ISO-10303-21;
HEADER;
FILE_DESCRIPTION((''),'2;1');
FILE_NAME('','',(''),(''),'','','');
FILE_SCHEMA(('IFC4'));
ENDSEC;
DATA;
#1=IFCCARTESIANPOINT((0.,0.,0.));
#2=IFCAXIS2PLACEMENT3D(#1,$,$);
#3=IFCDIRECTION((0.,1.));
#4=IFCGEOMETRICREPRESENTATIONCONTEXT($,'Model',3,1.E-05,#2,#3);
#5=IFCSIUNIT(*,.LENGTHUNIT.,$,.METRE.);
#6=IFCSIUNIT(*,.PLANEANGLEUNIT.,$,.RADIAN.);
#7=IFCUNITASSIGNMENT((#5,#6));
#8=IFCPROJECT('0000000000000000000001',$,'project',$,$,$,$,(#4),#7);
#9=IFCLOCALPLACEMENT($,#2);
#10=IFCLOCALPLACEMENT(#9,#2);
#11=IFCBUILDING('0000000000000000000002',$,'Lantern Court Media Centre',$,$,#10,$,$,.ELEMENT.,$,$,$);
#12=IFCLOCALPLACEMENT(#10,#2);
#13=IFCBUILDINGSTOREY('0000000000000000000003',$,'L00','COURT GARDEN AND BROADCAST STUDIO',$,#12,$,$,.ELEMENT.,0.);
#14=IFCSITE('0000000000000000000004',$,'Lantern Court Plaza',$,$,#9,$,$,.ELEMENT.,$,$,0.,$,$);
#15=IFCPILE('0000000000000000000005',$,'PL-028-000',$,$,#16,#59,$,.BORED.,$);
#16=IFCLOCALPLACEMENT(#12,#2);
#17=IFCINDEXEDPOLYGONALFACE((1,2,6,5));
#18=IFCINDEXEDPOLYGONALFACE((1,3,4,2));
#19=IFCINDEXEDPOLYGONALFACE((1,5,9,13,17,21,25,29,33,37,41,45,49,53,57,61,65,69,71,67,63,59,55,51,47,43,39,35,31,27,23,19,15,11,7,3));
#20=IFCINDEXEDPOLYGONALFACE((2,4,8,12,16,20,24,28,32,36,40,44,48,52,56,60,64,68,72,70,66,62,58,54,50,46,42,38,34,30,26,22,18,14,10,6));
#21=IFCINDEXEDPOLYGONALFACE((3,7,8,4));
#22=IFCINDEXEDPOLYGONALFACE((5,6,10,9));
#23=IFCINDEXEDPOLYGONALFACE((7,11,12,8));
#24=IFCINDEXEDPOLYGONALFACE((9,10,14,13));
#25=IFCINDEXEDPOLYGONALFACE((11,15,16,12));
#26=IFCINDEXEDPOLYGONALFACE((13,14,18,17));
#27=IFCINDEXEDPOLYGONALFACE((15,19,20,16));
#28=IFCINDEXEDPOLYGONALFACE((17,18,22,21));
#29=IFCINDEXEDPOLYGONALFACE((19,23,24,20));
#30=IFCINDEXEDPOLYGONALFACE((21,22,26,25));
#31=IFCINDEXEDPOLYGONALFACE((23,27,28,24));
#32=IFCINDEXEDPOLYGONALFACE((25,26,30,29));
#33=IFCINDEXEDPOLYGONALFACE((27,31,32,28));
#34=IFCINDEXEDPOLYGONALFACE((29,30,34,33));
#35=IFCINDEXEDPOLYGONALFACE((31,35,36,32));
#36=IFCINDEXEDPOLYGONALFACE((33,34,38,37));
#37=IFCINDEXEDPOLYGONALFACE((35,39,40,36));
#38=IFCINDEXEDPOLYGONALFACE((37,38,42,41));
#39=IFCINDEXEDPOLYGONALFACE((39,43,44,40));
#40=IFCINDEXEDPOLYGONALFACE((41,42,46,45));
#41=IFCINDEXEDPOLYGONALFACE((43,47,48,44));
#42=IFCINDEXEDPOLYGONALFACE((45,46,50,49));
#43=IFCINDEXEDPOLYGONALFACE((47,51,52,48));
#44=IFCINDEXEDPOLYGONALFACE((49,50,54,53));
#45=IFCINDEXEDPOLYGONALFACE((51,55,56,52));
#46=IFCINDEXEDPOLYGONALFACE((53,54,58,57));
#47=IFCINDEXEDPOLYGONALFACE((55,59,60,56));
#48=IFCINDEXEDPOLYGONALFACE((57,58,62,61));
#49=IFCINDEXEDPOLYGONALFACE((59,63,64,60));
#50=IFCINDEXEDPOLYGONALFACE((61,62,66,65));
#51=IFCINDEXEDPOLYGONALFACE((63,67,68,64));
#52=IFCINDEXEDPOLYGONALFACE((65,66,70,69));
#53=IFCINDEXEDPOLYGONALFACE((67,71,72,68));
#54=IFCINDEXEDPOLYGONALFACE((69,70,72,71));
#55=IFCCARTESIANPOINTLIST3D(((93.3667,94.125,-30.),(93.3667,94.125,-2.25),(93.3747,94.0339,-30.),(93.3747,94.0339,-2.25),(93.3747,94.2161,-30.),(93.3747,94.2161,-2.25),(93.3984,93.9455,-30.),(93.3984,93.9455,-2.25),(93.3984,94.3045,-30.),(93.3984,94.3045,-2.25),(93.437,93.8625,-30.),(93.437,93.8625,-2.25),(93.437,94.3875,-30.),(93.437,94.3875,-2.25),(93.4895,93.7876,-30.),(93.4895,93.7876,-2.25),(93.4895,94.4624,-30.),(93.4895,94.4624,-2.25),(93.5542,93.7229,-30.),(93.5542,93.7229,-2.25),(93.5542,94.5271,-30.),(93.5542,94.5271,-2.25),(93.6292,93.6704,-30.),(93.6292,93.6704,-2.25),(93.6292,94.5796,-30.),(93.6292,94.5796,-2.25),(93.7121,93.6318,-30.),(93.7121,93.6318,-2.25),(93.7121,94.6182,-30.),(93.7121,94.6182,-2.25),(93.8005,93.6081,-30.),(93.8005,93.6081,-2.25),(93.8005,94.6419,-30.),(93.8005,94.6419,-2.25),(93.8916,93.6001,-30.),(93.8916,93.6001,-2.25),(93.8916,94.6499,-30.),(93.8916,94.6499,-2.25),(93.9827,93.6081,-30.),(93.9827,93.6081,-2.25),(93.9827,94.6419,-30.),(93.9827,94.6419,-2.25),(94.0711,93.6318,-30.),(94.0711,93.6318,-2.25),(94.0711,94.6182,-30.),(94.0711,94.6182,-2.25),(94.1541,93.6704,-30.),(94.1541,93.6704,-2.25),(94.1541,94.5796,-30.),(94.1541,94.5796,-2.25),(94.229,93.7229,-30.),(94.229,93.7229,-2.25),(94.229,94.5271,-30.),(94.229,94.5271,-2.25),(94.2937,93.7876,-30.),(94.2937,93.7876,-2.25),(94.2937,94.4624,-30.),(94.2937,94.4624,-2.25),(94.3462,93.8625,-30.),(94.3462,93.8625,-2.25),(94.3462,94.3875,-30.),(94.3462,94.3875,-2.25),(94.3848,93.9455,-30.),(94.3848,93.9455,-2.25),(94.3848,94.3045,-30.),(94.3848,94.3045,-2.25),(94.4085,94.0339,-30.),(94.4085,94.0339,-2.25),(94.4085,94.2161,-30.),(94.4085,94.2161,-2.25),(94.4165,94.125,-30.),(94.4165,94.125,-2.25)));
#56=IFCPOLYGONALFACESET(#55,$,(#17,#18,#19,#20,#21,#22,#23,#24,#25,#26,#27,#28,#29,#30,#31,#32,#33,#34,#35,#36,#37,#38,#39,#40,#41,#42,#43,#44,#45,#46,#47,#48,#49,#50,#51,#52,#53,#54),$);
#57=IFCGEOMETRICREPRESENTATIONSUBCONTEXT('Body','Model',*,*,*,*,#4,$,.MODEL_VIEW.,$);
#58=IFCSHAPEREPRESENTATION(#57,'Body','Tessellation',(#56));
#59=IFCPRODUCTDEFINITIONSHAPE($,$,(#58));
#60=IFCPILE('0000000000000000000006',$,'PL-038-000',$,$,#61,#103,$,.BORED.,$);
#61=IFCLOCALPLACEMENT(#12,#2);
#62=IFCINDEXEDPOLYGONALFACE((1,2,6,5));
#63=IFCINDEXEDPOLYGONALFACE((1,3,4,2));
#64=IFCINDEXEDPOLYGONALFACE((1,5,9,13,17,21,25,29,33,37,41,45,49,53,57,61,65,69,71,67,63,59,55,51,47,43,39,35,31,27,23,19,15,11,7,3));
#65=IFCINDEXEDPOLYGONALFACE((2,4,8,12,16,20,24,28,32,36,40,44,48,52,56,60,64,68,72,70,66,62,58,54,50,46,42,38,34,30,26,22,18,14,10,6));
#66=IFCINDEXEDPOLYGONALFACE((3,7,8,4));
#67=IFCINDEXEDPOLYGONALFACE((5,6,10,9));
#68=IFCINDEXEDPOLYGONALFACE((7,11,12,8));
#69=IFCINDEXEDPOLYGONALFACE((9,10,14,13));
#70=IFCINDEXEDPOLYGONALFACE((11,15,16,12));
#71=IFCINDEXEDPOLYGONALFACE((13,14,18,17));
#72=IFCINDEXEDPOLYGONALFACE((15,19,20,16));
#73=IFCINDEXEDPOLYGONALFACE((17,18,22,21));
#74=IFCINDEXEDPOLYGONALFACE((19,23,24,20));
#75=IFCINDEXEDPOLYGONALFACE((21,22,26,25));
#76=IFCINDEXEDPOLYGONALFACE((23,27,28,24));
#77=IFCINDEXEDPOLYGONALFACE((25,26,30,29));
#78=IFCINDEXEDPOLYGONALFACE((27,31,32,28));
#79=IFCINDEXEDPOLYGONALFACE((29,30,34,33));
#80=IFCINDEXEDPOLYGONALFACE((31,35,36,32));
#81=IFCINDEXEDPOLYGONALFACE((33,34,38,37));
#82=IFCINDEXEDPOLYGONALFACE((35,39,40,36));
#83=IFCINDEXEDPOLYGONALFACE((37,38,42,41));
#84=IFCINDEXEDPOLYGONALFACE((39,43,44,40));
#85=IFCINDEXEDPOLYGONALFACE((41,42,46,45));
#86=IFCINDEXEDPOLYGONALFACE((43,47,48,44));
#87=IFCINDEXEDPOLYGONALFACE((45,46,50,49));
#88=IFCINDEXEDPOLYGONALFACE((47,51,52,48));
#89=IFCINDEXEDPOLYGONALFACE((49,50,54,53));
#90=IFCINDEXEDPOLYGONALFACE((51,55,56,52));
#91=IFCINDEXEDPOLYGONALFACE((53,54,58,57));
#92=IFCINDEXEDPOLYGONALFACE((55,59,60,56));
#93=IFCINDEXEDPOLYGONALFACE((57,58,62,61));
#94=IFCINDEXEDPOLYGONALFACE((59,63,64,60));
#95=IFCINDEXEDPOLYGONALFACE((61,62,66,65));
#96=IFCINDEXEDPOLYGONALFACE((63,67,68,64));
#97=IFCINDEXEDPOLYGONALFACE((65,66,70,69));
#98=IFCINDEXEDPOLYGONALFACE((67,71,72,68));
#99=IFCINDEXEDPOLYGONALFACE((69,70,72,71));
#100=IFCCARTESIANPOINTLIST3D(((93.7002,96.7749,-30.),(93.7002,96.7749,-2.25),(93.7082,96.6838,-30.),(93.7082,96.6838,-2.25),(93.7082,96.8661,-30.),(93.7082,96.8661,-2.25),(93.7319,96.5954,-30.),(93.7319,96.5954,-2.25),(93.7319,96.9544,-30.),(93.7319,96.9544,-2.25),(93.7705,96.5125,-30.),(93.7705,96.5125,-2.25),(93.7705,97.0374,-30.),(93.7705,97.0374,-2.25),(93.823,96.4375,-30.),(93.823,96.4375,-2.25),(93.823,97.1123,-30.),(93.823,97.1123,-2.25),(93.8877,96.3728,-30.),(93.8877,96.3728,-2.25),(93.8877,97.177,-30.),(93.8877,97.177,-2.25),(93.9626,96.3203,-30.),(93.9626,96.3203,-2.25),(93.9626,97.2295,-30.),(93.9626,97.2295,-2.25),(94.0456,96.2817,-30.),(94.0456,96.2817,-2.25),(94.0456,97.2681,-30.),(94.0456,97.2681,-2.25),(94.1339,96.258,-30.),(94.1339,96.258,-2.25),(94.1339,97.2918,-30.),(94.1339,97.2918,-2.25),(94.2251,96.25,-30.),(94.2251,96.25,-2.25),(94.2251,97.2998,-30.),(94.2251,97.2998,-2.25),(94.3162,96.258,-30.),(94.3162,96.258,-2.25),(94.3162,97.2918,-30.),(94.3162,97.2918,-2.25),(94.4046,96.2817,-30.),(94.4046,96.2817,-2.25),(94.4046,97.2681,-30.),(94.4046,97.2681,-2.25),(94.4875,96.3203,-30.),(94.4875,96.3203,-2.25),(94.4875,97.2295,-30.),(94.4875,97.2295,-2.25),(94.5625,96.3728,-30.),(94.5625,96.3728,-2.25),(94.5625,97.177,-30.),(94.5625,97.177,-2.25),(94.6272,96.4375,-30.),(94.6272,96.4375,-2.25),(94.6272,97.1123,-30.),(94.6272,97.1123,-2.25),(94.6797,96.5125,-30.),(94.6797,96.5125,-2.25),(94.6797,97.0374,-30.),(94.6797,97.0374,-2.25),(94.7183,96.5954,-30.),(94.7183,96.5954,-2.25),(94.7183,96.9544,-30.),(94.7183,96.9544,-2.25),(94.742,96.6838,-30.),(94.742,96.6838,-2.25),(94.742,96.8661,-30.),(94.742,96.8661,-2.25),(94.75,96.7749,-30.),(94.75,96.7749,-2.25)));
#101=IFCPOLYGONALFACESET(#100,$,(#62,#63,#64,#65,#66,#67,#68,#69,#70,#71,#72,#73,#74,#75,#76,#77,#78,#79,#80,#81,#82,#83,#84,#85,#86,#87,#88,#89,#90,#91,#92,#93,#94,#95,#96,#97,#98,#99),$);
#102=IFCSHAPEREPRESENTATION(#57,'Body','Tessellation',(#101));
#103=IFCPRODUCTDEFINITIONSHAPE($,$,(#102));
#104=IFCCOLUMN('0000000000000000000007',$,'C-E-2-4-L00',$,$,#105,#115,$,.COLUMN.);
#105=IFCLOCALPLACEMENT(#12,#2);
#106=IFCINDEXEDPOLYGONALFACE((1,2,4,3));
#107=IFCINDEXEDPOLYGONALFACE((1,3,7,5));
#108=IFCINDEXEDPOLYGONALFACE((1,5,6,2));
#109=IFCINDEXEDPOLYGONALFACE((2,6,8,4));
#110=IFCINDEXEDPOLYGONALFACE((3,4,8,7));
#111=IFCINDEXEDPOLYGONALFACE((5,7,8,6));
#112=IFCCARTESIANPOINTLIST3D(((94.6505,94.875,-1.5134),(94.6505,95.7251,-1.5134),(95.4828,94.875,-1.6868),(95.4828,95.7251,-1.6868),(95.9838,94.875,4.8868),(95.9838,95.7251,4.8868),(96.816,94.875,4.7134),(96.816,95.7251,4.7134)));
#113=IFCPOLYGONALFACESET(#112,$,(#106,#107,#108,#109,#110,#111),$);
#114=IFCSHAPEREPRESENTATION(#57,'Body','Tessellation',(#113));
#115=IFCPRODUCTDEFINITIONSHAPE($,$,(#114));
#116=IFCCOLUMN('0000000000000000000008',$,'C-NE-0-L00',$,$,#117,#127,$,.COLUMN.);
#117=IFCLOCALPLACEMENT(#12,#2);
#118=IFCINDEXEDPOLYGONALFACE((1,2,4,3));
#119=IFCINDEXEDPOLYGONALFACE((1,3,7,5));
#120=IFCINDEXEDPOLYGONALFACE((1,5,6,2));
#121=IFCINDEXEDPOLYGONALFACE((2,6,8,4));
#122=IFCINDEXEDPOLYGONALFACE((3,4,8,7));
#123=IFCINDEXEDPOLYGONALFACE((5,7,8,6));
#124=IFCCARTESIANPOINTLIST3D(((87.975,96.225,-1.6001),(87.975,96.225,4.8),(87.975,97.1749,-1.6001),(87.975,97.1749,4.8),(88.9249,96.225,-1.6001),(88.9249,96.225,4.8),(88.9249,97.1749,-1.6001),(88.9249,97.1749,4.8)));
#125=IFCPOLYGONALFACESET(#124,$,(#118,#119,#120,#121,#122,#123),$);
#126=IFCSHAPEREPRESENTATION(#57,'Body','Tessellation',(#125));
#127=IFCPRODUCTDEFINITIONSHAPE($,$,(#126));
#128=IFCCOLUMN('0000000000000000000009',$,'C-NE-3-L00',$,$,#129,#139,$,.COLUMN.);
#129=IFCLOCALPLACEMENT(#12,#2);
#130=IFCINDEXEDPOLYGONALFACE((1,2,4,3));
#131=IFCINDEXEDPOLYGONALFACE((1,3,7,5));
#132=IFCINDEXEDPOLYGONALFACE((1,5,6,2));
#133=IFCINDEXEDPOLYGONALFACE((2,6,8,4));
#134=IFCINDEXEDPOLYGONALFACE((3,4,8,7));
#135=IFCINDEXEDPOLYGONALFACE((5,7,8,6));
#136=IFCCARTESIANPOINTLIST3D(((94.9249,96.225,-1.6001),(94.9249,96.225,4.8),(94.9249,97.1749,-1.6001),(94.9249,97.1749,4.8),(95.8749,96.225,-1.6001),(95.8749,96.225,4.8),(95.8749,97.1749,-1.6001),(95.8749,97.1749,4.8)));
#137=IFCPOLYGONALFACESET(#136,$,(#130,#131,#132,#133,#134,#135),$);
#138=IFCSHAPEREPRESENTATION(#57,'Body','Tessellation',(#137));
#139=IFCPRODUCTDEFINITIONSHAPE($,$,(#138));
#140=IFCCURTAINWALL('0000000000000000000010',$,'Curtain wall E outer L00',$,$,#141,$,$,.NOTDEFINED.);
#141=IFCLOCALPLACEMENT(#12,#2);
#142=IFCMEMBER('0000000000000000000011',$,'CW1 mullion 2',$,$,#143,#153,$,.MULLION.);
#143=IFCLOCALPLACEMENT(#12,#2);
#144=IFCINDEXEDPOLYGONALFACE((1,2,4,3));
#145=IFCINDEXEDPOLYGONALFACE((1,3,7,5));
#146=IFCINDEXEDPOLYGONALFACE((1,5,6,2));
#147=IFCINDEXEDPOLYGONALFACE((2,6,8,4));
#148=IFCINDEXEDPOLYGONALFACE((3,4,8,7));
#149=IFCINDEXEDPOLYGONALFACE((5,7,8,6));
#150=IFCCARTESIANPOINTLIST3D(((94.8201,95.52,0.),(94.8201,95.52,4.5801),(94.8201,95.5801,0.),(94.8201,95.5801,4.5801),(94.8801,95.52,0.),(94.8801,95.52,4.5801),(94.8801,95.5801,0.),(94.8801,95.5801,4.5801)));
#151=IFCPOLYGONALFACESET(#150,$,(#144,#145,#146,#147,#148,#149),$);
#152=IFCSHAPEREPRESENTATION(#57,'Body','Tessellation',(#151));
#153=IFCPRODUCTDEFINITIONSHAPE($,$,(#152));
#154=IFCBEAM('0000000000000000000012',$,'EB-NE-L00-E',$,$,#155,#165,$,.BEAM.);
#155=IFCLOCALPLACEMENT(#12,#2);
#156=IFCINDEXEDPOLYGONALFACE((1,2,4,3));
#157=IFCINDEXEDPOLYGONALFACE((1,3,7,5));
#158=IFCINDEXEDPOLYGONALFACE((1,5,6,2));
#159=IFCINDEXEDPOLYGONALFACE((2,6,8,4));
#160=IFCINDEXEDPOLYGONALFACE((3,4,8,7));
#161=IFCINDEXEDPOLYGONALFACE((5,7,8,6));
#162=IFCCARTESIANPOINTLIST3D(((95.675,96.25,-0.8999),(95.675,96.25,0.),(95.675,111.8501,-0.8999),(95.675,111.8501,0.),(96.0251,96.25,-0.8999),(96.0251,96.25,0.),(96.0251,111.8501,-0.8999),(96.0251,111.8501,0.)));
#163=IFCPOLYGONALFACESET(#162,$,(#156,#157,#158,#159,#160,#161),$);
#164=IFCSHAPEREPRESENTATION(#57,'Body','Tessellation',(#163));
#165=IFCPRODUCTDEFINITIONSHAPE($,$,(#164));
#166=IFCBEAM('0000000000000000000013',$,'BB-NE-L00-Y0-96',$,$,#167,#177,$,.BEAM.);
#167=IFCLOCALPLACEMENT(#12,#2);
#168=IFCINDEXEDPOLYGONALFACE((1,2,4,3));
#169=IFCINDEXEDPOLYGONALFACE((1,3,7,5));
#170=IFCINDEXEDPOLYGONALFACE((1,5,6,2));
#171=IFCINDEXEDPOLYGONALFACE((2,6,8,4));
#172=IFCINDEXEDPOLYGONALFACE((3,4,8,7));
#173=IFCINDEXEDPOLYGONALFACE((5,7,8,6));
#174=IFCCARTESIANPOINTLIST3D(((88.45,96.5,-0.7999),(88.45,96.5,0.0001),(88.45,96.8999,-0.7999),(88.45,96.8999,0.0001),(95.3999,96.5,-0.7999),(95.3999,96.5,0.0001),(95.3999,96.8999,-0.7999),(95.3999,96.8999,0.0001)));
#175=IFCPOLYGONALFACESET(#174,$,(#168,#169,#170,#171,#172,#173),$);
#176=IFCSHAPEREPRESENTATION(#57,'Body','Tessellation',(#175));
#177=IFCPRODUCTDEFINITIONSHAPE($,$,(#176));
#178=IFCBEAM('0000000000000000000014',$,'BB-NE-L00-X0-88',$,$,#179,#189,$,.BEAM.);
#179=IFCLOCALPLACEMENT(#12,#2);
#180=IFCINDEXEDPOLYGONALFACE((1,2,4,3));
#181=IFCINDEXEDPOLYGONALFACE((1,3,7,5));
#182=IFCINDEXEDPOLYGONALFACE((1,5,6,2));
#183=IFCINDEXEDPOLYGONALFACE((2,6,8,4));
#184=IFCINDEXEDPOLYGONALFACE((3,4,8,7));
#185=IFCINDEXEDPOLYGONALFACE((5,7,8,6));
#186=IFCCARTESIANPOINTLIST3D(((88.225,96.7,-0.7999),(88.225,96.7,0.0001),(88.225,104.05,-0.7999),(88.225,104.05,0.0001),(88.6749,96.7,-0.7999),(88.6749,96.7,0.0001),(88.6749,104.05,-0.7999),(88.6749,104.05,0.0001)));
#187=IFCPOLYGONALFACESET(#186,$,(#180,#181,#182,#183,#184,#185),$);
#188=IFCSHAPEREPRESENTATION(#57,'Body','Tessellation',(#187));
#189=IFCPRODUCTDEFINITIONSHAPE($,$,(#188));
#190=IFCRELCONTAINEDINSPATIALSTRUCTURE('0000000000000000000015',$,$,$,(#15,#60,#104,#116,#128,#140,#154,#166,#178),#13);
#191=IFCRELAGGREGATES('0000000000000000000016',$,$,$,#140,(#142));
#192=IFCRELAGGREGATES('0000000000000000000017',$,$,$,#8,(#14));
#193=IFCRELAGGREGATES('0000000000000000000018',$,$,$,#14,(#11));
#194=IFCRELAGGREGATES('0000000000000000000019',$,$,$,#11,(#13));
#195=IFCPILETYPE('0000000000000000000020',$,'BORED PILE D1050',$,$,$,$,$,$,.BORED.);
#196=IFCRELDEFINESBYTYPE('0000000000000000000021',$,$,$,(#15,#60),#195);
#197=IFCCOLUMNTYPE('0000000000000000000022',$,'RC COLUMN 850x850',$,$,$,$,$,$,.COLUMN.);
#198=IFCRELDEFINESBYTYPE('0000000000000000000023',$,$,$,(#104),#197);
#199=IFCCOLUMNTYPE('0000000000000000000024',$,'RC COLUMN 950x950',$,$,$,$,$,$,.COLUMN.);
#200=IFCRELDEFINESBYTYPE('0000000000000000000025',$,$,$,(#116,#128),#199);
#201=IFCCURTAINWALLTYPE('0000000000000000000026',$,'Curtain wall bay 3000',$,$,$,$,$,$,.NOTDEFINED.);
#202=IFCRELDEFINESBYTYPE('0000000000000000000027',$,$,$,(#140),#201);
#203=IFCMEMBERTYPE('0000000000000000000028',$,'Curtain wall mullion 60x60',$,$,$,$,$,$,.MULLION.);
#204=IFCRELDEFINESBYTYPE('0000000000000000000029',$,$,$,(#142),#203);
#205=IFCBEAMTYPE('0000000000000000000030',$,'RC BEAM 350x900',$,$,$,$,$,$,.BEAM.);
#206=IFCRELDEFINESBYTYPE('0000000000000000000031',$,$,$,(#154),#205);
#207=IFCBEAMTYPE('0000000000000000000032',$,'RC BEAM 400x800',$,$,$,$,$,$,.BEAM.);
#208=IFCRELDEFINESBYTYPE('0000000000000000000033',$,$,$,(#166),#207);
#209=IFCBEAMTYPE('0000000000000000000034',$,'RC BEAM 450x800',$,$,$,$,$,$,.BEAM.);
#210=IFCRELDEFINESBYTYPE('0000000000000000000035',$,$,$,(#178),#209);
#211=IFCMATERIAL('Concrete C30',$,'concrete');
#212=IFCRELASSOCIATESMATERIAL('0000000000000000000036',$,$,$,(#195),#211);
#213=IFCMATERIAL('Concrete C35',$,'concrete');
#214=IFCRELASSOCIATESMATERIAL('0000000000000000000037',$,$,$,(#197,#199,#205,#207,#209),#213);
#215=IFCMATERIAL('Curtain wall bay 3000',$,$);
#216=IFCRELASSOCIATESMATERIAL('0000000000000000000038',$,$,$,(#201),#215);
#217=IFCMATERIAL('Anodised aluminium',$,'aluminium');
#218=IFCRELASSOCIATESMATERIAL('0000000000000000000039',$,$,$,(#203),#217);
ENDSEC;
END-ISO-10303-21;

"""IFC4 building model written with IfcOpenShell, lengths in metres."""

from ifc_helpers import new_model, si_unit, direction, frame, origin, origin_2d, place, context, subcontext, project, spatial, rectangle, circle, extrude, material, material_profile, profile_set, type_object, element, aggregate, save


model = new_model("IFC4")

# Units and contexts
model_context = context("Model", 3, precision=1e-05, world=origin(), true_north=direction((0.0, 1.0)))
body_context = subcontext(model_context, "Body", "Model", "MODEL_VIEW")
ifc_project = project(units=[si_unit("LENGTHUNIT", "METRE"), si_unit("PLANEANGLEUNIT", "RADIAN")], contexts=[model_context])

# Site, building, storey
site_placement = place(None, origin())
site = spatial("IfcSite", under=ifc_project, at=site_placement, Name="Lantern Court Plaza", CompositionType="ELEMENT", RefElevation=0.0)
building_placement = place(site_placement, origin())
building = spatial("IfcBuilding", under=site, at=building_placement, Name="Lantern Court Media Centre", CompositionType="ELEMENT")
storey_placement = place(building_placement, origin())
storey = spatial("IfcBuildingStorey", under=building, at=storey_placement, Name="L00", Description="COURT GARDEN AND BROADCAST STUDIO", CompositionType="ELEMENT", Elevation=0.0)

# Piles
ifc_material_1 = material(Name="Concrete C30", Category="concrete")
ifc_material_profile_1 = material_profile(ifc_material_1, circle(Radius=0.5249, at=origin_2d()), Name="D1050")
ifc_profile_set_1 = profile_set([ifc_material_profile_1], Name="Concrete C30")
pile_type = type_object("IfcPileType", Name="BORED PILE D1050", PredefinedType="BORED", material=ifc_profile_set_1)
for number, where, z_axis, x_axis, name in (
    (1, (93.8916, 94.125, -2.25), (0.0, 0.0, -1.0), (1.0, 0.0, 0.0), "PL-028-000"),
    (2, (94.2251, 96.7749, -2.25), (0.0, 0.0, -1.0), (1.0, 0.0, 0.0), "PL-038-000"),
):
    element("IfcPile", number, at=place(storey_placement, frame(where, z_axis=z_axis, x_axis=x_axis)), inside=storey, type_object=pile_type, Name=name, PredefinedType="BORED", context=body_context, shape_type="SweptSolid", body=[
        extrude(circle(Radius=0.5249, at=origin_2d()), origin(), (0.0, 0.0, 1.0), 27.75),
    ])

# Columns
ifc_material_2 = material(Name="Concrete C35", Category="concrete")
ifc_material_profile_2 = material_profile(ifc_material_2, rectangle(XDim=0.8501, YDim=0.8501, at=origin_2d()), Name="RC 850x850")
ifc_profile_set_2 = profile_set([ifc_material_profile_2], Name="Concrete C35")
column_type_1 = type_object("IfcColumnType", Name="RC COLUMN 850x850", PredefinedType="COLUMN", material=ifc_profile_set_2)
column_placement = place(storey_placement, frame((95.0667, 95.3, -1.6001), z_axis=(0.203938, 0.0, 0.978984), x_axis=(0.0, 1.0, 0.0)))
element("IfcColumn", 3, at=column_placement, inside=storey, type_object=column_type_1, Name="C-E-2-4-L00", PredefinedType="COLUMN", context=body_context, shape_type="SweptSolid", body=[
    extrude(rectangle(XDim=0.8501, YDim=0.8501, at=origin_2d()), origin(), (0.0, 0.0, 1.0), 6.5376),
])
ifc_material_profile_3 = material_profile(ifc_material_2, rectangle(XDim=0.95, YDim=0.95, at=origin_2d()), Name="RC 950x950")
ifc_profile_set_3 = profile_set([ifc_material_profile_3], Name="Concrete C35")
column_type_2 = type_object("IfcColumnType", Name="RC COLUMN 950x950", PredefinedType="COLUMN", material=ifc_profile_set_3)
for number, where, z_axis, x_axis, name in (
    (4, (88.45, 96.7, -1.6001), (0.0, 0.0, 1.0), (1.0, 0.0, 0.0), "C-NE-0-L00"),
    (5, (95.3999, 96.7, -1.6001), (0.0, 0.0, 1.0), (1.0, 0.0, 0.0), "C-NE-3-L00"),
):
    element("IfcColumn", number, at=place(storey_placement, frame(where, z_axis=z_axis, x_axis=x_axis)), inside=storey, type_object=column_type_2, Name=name, PredefinedType="COLUMN", context=body_context, shape_type="SweptSolid", body=[
        extrude(rectangle(XDim=0.95, YDim=0.95, at=origin_2d()), origin(), (0.0, 0.0, 1.0), 6.4001),
    ])

# Curtain wall, member
ifc_material_3 = material(Name="Curtain wall bay 3000")
curtain_wall_type = type_object("IfcCurtainWallType", Name="Curtain wall bay 3000", PredefinedType="NOTDEFINED", material=ifc_material_3)
curtain_wall_placement = place(storey_placement, origin())
curtain_wall = element("IfcCurtainWall", 6, at=curtain_wall_placement, inside=storey, type_object=curtain_wall_type, Name="Curtain wall E outer L00", PredefinedType="NOTDEFINED")
ifc_material_4 = material(Name="Anodised aluminium", Category="aluminium")
ifc_material_profile_4 = material_profile(ifc_material_4, rectangle(XDim=0.0601, YDim=0.0601, at=origin_2d()), Name="AL 60x60")
ifc_profile_set_4 = profile_set([ifc_material_profile_4], Name="Anodised aluminium")
member_type = type_object("IfcMemberType", Name="Curtain wall mullion 60x60", PredefinedType="MULLION", material=ifc_profile_set_4)
member_placement = place(storey_placement, frame((94.8501, 95.55, 0.0), z_axis=(0.0, 0.0, 1.0), x_axis=(-1.0, 0.0, 0.0)))
member = element("IfcMember", 7, at=member_placement, type_object=member_type, Name="CW1 mullion 2", PredefinedType="MULLION", context=body_context, shape_type="SweptSolid", body=[
    extrude(rectangle(XDim=0.0601, YDim=0.0601, at=origin_2d()), origin(), (0.0, 0.0, 1.0), 4.5801),
])

# Beams
ifc_material_profile_5 = material_profile(ifc_material_2, rectangle(XDim=0.3501, YDim=0.8999, at=origin_2d()), Name="RC 350x900")
ifc_profile_set_5 = profile_set([ifc_material_profile_5], Name="Concrete C35")
beam_type_1 = type_object("IfcBeamType", Name="RC BEAM 350x900", PredefinedType="BEAM", material=ifc_profile_set_5)
beam_1_placement = place(storey_placement, frame((95.8501, 96.25, -0.45), z_axis=(0.0, 1.0, 0.0), x_axis=(-1.0, 0.0, 0.0)))
element("IfcBeam", 8, at=beam_1_placement, inside=storey, type_object=beam_type_1, Name="EB-NE-L00-E", PredefinedType="BEAM", context=body_context, shape_type="SweptSolid", body=[
    extrude(rectangle(XDim=0.3501, YDim=0.8999, at=origin_2d()), origin(), (0.0, 0.0, 1.0), 15.6001),
])
ifc_material_profile_6 = material_profile(ifc_material_2, rectangle(XDim=0.3999, YDim=0.8, at=origin_2d()), Name="RC 400x800")
ifc_profile_set_6 = profile_set([ifc_material_profile_6], Name="Concrete C35")
beam_type_2 = type_object("IfcBeamType", Name="RC BEAM 400x800", PredefinedType="BEAM", material=ifc_profile_set_6)
beam_2_placement = place(storey_placement, frame((88.45, 96.7, -0.3999), z_axis=(1.0, 0.0, 0.0), x_axis=(0.0, 1.0, 0.0)))
element("IfcBeam", 9, at=beam_2_placement, inside=storey, type_object=beam_type_2, Name="BB-NE-L00-Y0-96", PredefinedType="BEAM", context=body_context, shape_type="SweptSolid", body=[
    extrude(rectangle(XDim=0.3999, YDim=0.8, at=origin_2d()), origin(), (0.0, 0.0, 1.0), 6.95),
])
ifc_material_profile_7 = material_profile(ifc_material_2, rectangle(XDim=0.45, YDim=0.8, at=origin_2d()), Name="RC 450x800")
ifc_profile_set_7 = profile_set([ifc_material_profile_7], Name="Concrete C35")
beam_type_3 = type_object("IfcBeamType", Name="RC BEAM 450x800", PredefinedType="BEAM", material=ifc_profile_set_7)
for number, where, z_axis, x_axis, name in (
    (10, (88.45, 96.7, -0.3999), (0.0, 1.0, 0.0), (-1.0, 0.0, 0.0), "BB-NE-L00-X0-88"),
):
    element("IfcBeam", number, at=place(storey_placement, frame(where, z_axis=z_axis, x_axis=x_axis)), inside=storey, type_object=beam_type_3, Name=name, PredefinedType="BEAM", context=body_context, shape_type="SweptSolid", body=[
        extrude(rectangle(XDim=0.45, YDim=0.8, at=origin_2d()), origin(), (0.0, 0.0, 1.0), 7.3501),
    ])

aggregate(curtain_wall, [member])

save(model, "model.ifc")
